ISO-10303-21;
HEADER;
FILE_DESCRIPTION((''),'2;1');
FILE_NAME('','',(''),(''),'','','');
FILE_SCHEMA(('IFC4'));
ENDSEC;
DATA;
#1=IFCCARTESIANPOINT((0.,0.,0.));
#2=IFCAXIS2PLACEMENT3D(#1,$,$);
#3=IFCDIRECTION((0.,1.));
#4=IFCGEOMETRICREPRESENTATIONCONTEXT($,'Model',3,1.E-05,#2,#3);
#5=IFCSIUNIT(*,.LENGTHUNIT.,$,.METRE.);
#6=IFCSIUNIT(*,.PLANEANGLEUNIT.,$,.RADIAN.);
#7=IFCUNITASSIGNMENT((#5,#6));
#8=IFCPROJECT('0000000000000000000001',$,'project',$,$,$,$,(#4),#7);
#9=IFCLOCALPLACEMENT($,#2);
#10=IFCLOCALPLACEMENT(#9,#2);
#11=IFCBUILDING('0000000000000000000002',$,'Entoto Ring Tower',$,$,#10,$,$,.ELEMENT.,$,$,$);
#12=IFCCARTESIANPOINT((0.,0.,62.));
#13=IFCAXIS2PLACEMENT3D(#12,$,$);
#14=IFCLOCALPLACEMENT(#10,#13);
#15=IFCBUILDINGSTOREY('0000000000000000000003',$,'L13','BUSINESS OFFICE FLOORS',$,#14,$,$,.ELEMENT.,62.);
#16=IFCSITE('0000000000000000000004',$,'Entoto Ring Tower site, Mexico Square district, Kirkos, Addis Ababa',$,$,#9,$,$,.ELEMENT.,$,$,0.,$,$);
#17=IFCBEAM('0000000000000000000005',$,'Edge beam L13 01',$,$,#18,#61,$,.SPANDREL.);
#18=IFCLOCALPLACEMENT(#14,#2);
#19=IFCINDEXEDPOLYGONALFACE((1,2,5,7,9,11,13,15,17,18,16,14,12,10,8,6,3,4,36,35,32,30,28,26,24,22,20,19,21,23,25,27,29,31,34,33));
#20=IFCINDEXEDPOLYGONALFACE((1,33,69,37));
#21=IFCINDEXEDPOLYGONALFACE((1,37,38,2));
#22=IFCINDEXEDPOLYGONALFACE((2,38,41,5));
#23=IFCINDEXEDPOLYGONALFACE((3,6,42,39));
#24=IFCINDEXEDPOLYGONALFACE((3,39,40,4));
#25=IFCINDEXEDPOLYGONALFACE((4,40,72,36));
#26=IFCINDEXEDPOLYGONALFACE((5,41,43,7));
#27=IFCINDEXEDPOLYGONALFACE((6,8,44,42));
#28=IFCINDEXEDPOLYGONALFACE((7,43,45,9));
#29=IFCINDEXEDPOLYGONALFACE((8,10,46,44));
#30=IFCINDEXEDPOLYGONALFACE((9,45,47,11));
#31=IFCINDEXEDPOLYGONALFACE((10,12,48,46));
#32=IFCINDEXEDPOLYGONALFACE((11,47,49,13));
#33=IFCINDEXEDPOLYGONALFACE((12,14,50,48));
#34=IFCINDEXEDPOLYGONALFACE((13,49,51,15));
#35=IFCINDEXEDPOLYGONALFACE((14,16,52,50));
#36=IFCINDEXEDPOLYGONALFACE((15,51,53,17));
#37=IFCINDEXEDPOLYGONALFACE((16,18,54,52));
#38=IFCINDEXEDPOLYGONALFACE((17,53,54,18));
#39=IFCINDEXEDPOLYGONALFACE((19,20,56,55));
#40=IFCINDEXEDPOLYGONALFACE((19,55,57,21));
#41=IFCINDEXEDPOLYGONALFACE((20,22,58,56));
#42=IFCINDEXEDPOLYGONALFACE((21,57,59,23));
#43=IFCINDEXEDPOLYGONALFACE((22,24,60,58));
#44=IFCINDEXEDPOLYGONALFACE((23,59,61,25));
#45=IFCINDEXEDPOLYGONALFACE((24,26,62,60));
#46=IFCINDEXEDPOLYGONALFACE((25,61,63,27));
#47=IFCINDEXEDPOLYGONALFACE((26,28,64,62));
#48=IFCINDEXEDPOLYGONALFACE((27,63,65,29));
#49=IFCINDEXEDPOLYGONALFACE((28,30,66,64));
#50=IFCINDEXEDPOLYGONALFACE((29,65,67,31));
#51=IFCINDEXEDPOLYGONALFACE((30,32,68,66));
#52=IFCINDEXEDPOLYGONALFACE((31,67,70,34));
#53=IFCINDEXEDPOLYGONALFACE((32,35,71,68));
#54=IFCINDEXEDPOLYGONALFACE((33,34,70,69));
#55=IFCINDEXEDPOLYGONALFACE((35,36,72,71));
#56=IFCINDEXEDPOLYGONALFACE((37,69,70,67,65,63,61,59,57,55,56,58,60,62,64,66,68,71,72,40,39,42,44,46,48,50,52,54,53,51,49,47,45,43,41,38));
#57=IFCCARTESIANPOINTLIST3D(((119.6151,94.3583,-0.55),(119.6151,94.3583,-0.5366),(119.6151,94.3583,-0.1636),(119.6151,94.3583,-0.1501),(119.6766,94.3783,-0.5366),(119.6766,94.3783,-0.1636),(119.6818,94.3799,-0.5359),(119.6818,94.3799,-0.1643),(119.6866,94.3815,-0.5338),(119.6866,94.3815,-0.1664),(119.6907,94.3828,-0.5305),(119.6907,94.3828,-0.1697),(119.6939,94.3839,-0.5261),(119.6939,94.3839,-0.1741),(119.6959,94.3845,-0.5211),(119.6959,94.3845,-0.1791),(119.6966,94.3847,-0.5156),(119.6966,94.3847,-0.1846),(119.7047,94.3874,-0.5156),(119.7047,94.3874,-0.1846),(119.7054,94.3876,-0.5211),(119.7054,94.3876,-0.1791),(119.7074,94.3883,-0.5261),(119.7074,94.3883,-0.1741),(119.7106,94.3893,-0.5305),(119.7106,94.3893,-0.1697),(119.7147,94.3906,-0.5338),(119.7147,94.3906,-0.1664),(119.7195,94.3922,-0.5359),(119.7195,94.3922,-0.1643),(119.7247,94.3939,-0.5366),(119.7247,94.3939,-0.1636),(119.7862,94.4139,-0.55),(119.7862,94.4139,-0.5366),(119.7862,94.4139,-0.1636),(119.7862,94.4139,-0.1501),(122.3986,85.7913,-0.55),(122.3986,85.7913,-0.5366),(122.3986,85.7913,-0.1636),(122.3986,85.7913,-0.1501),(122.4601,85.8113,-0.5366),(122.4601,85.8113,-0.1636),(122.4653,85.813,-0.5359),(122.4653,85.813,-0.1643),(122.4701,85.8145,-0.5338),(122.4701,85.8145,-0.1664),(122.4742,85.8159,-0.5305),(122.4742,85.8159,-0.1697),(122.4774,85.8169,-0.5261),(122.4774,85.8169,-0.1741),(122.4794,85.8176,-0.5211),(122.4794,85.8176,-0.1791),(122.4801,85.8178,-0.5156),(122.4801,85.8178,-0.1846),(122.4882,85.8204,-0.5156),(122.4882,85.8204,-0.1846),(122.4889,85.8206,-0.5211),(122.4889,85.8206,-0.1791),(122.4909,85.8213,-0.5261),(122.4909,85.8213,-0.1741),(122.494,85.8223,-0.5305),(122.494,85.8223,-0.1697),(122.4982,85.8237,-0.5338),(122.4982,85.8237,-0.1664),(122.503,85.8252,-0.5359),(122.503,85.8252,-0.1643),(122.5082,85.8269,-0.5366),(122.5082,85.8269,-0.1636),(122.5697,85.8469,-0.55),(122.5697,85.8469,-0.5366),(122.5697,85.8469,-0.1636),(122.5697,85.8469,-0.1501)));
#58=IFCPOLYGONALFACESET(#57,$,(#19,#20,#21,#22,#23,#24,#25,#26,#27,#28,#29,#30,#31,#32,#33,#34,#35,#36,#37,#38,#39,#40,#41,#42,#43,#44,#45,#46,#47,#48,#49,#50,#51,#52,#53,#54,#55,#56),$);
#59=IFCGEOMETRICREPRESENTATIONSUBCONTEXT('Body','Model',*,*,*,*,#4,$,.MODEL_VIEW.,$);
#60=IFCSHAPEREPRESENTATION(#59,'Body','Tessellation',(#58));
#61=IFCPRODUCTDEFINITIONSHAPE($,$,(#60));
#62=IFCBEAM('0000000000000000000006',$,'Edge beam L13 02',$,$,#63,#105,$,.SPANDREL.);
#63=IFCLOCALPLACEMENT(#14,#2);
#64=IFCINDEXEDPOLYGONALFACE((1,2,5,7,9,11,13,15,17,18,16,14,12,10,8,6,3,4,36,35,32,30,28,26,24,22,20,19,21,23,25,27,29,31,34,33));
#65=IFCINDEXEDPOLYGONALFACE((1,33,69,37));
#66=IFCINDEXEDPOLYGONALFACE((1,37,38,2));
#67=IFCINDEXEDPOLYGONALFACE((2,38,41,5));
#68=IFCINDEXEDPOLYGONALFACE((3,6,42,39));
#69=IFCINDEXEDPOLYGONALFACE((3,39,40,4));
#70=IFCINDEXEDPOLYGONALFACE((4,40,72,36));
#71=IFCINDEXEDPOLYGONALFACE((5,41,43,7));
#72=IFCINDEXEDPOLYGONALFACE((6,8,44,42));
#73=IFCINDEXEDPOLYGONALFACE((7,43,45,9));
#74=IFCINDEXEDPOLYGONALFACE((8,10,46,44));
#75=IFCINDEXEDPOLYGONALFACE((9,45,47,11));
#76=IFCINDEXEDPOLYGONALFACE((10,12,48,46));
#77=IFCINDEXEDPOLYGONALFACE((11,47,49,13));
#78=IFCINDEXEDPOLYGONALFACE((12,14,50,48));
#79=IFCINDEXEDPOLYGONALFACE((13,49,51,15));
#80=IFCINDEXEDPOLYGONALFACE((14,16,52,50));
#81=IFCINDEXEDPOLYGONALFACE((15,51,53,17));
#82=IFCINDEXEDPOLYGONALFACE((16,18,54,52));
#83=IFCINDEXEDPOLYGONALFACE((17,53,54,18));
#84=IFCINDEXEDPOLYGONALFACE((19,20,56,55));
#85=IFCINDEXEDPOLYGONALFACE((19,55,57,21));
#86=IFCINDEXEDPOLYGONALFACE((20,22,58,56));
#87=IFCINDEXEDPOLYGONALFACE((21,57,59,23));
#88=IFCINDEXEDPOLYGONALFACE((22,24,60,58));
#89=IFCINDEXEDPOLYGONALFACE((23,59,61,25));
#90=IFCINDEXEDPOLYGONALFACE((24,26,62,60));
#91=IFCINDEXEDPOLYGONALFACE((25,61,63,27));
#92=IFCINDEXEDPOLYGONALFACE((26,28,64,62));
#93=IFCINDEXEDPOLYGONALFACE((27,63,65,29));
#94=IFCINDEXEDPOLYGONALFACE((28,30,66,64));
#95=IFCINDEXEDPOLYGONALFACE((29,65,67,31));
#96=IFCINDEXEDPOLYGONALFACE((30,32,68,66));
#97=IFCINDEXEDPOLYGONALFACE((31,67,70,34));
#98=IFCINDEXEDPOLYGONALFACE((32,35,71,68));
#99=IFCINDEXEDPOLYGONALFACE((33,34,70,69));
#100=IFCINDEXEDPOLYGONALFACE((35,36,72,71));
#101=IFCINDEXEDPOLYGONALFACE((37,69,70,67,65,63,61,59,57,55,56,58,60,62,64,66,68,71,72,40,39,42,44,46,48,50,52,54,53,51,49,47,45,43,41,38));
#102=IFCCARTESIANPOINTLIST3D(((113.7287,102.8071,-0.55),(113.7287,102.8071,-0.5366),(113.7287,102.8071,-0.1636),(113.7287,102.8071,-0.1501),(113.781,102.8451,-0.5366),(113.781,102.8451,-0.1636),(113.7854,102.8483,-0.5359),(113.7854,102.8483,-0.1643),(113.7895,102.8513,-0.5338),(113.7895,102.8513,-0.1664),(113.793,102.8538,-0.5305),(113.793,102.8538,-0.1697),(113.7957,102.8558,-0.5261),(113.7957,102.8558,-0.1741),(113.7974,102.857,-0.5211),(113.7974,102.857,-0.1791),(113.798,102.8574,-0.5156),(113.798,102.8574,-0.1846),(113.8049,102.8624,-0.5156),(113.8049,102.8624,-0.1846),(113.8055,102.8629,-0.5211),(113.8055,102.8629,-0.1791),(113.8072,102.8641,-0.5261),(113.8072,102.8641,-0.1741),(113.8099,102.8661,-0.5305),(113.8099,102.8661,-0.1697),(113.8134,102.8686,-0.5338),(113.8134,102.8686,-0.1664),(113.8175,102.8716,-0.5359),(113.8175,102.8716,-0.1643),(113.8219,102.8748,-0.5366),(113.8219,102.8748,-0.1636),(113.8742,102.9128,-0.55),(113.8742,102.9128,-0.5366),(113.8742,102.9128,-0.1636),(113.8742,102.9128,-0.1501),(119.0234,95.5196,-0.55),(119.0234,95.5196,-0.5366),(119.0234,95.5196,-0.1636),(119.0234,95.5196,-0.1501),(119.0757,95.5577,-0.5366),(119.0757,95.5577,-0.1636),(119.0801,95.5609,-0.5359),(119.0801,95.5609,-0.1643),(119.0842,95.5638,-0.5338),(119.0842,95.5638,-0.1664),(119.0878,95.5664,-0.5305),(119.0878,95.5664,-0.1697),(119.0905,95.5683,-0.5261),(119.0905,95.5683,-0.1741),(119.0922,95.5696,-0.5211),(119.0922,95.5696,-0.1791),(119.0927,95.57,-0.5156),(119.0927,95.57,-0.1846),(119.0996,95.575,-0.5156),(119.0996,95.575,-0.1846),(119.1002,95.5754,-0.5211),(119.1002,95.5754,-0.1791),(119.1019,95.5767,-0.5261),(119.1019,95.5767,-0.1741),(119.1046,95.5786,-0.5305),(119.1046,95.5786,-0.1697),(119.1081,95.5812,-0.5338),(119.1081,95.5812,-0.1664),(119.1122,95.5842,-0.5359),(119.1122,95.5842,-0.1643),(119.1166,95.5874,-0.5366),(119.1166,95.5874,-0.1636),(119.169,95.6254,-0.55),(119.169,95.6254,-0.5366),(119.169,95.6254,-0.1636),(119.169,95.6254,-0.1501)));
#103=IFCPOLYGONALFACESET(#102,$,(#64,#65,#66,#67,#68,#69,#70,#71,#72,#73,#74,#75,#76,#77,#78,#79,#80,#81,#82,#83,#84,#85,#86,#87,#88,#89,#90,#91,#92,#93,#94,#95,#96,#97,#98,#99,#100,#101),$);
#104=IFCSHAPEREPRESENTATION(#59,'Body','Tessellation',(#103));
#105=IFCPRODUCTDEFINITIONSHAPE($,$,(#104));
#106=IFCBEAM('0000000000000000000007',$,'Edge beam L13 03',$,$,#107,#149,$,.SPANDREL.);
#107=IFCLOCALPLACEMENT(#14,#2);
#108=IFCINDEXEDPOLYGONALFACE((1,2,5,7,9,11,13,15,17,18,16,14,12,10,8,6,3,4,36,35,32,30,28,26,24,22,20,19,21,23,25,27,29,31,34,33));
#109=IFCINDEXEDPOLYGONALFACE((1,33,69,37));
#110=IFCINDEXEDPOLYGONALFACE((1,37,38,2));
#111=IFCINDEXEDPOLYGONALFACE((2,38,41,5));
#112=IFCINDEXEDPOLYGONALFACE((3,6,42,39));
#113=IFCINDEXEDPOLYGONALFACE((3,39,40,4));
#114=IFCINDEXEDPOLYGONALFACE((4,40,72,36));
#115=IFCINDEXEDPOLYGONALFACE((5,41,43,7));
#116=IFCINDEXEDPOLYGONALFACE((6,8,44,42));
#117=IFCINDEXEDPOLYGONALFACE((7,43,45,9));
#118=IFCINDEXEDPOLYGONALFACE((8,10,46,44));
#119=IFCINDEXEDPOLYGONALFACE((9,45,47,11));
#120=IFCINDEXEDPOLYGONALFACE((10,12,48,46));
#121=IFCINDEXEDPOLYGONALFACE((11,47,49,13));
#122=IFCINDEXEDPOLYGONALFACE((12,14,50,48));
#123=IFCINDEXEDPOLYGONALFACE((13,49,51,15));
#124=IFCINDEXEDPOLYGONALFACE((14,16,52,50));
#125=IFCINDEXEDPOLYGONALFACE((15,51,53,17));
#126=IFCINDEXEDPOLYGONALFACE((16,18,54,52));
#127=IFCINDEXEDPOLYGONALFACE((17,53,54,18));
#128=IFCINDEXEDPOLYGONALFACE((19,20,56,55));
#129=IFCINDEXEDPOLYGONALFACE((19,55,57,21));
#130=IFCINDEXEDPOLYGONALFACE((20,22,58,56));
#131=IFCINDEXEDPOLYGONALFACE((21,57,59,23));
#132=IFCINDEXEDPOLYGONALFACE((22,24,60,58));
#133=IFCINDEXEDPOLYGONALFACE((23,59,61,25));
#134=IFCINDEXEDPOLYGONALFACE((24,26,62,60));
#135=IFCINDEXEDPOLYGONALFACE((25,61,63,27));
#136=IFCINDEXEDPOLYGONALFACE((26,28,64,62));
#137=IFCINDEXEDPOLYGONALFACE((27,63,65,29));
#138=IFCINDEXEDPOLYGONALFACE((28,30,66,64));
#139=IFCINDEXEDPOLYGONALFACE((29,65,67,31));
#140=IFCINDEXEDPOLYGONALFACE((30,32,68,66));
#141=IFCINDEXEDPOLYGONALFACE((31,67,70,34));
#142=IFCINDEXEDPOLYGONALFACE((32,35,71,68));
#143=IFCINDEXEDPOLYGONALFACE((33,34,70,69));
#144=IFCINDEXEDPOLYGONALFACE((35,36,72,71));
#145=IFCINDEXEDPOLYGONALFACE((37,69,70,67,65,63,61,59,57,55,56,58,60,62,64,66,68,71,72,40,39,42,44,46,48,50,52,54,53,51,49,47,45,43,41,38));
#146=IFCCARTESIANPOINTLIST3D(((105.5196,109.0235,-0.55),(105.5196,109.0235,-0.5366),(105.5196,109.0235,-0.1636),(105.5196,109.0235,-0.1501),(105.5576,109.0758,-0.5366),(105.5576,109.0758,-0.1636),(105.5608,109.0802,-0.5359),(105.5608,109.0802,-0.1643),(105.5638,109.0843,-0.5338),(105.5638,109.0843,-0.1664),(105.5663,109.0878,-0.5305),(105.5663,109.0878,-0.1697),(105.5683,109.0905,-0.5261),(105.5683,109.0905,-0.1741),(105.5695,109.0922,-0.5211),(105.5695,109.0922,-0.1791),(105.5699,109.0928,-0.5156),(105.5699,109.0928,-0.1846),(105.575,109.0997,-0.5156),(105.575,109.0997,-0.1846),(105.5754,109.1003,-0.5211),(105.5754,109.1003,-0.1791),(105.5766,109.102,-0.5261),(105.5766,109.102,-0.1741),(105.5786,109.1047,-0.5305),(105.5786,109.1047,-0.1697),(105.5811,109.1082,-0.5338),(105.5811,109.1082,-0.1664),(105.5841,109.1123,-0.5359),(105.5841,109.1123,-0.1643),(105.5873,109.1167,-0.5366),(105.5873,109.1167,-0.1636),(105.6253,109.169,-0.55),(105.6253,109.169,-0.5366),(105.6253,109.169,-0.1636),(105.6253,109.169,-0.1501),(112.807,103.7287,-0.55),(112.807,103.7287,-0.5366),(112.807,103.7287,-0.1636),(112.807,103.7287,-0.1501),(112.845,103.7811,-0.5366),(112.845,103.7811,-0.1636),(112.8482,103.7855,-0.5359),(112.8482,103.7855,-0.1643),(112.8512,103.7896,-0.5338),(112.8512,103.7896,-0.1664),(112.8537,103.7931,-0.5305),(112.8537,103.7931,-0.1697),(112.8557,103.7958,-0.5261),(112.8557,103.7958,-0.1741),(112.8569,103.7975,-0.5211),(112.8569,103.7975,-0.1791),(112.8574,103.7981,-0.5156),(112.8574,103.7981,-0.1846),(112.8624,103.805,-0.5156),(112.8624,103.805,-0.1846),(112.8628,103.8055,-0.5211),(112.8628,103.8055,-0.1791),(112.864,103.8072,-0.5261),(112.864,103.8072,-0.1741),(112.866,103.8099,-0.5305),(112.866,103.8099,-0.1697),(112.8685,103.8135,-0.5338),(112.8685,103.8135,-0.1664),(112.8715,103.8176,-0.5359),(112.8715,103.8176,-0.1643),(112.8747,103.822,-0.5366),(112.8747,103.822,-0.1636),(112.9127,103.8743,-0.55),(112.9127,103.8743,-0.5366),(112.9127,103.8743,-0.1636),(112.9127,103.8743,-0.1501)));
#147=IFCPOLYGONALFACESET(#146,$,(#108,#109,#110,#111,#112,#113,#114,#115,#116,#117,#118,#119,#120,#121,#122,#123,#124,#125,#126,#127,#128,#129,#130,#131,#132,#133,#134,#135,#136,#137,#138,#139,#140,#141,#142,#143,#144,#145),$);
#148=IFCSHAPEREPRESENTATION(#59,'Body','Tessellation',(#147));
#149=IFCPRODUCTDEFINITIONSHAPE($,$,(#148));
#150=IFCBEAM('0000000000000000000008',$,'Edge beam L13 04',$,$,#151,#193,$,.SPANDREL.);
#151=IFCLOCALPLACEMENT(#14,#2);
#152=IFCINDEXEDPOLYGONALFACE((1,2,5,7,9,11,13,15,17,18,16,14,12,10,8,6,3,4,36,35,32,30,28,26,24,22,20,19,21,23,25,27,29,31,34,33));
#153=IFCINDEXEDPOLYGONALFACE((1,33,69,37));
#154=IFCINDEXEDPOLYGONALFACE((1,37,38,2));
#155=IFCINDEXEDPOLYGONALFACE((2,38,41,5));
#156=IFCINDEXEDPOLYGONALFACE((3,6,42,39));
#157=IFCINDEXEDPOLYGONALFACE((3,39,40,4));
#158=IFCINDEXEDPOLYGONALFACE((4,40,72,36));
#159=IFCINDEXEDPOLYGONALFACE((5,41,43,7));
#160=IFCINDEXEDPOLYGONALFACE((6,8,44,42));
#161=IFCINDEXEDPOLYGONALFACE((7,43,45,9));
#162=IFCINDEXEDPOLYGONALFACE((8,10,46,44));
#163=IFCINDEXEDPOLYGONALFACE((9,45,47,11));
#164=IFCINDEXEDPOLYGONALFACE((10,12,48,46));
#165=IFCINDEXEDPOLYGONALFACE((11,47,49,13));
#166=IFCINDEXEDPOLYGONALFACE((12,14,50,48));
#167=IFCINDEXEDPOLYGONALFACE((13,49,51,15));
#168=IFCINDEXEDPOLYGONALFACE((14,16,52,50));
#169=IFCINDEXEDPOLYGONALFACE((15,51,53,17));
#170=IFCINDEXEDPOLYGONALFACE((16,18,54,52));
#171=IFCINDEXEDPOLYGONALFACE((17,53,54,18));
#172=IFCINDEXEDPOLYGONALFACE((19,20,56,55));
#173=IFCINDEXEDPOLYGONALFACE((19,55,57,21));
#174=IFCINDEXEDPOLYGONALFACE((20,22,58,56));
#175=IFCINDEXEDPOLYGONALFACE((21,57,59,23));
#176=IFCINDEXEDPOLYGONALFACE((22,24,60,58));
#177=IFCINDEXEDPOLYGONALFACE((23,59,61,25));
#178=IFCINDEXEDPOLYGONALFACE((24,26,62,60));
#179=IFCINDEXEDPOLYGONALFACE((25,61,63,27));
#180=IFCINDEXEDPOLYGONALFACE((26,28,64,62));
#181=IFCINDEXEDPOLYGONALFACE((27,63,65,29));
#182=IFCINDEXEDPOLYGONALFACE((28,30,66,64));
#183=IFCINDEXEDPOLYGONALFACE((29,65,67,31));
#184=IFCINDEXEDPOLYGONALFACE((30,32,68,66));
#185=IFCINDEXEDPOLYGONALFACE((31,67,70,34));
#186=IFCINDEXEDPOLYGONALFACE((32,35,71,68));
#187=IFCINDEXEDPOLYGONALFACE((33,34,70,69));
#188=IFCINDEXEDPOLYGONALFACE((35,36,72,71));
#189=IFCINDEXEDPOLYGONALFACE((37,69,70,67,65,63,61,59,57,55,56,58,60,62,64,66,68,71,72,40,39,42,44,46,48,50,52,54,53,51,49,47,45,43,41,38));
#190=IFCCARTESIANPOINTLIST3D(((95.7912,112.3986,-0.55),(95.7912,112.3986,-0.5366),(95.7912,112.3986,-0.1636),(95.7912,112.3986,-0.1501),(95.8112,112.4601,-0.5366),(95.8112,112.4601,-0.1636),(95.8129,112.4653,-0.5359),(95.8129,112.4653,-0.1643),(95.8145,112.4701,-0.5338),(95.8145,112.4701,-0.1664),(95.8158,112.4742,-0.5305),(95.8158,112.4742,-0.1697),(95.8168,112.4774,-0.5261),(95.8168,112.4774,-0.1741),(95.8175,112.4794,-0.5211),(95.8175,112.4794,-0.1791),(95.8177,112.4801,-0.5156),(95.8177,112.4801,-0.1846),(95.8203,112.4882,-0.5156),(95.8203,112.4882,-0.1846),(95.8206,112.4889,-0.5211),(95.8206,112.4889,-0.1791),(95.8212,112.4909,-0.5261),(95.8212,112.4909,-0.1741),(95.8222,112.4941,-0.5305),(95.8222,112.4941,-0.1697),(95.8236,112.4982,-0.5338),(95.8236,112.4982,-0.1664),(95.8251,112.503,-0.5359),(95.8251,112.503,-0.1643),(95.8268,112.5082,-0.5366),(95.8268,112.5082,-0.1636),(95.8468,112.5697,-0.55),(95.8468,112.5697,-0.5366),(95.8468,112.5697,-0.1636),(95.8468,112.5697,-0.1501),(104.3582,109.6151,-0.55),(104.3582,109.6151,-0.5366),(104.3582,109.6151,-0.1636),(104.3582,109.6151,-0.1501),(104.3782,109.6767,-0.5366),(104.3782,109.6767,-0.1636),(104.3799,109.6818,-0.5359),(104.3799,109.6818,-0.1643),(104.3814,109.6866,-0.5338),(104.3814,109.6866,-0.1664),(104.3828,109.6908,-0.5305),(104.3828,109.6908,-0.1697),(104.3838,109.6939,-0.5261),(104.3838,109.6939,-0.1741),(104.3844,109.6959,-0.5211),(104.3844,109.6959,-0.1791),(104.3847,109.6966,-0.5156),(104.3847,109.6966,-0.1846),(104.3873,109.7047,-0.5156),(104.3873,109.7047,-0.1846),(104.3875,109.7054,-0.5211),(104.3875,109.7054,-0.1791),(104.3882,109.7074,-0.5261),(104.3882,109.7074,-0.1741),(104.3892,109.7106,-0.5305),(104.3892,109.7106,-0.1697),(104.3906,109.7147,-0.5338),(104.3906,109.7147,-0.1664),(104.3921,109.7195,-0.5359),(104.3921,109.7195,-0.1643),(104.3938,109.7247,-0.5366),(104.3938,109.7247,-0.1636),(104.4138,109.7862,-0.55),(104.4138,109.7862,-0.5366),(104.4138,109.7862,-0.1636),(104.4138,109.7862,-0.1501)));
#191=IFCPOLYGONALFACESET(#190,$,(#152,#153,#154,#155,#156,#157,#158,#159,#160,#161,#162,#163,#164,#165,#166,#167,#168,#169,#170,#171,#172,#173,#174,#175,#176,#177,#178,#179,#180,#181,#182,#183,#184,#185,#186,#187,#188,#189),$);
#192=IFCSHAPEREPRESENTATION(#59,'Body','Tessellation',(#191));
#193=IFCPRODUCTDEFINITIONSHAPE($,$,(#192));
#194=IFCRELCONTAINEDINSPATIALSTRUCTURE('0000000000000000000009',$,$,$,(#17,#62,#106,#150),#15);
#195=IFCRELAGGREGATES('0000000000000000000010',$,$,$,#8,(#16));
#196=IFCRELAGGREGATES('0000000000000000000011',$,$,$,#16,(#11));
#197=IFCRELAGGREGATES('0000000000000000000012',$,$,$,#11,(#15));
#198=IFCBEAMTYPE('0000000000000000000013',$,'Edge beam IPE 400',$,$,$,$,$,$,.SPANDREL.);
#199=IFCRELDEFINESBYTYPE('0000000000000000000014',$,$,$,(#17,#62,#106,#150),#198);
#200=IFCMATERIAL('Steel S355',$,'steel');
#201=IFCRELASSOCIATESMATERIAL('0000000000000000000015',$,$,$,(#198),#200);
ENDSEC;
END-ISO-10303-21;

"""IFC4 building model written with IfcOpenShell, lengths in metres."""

from ifc_helpers import new_model, si_unit, direction, frame, origin, origin_2d, place, context, subcontext, project, spatial, i_section, extrude, material, material_profile, profile_set, type_object, element, save


model = new_model("IFC4")

# Units and contexts
model_context = context("Model", 3, precision=1e-05, world=origin(), true_north=direction((0.0, 1.0)))
body_context = subcontext(model_context, "Body", "Model", "MODEL_VIEW")
ifc_project = project(units=[si_unit("LENGTHUNIT", "METRE"), si_unit("PLANEANGLEUNIT", "RADIAN")], contexts=[model_context])

# Site, building, storey
site_placement = place(None, origin())
site = spatial("IfcSite", under=ifc_project, at=site_placement, Name="Entoto Ring Tower site, Mexico Square district, Kirkos, Addis Ababa", CompositionType="ELEMENT", RefElevation=0.0)
building_placement = place(site_placement, origin())
building = spatial("IfcBuilding", under=site, at=building_placement, Name="Entoto Ring Tower", CompositionType="ELEMENT")
storey_placement = place(building_placement, frame((0.0, 0.0, 62.0)))
storey = spatial("IfcBuildingStorey", under=building, at=storey_placement, Name="L13", Description="BUSINESS OFFICE FLOORS", CompositionType="ELEMENT", Elevation=62.0)

# Beams
ifc_material_1 = material(Name="Steel S355", Category="steel")
ifc_material_profile_1 = material_profile(ifc_material_1, i_section(OverallWidth=0.1799, OverallDepth=0.3999, WebThickness=0.0085, FlangeThickness=0.0134, FilletRadius=0.021, at=origin_2d()), Name="IPE 400")
ifc_profile_set_1 = profile_set([ifc_material_profile_1], Name="Steel S355")
beam_type_1 = type_object("IfcBeamType", Name="Edge beam IPE 400", PredefinedType="SPANDREL", material=ifc_profile_set_1)
for number, where, z_axis, x_axis, name in (
    (1, (122.4841, 85.8191, -0.3501), (-0.309006, 0.95106, 0.0), (-0.95106, -0.309006, 0.0), "Edge beam L13 01"),
    (2, (119.0962, 95.5725, -0.3501), (-0.587793, 0.809011, 0.0), (-0.809011, -0.587793, 0.0), "Edge beam L13 02"),
    (3, (112.8599, 103.8015, -0.3501), (-0.809011, 0.587793, 0.0), (-0.587793, -0.809011, 0.0), "Edge beam L13 03"),
    (4, (104.386, 109.7007, -0.3501), (-0.95106, 0.309006, 0.0), (-0.309006, -0.95106, 0.0), "Edge beam L13 04"),
):
    element("IfcBeam", number, at=place(storey_placement, frame(where, z_axis=z_axis, x_axis=x_axis)), inside=storey, type_object=beam_type_1, Name=name, PredefinedType="SPANDREL", context=body_context, shape_type="SweptSolid", body=[
        extrude(i_section(OverallWidth=0.1799, OverallDepth=0.3999, WebThickness=0.0085, FlangeThickness=0.0134, FilletRadius=0.021, at=origin_2d()), origin(), (0.0, 0.0, 1.0), 9.0078),
    ])

save(model, "model.ifc")
